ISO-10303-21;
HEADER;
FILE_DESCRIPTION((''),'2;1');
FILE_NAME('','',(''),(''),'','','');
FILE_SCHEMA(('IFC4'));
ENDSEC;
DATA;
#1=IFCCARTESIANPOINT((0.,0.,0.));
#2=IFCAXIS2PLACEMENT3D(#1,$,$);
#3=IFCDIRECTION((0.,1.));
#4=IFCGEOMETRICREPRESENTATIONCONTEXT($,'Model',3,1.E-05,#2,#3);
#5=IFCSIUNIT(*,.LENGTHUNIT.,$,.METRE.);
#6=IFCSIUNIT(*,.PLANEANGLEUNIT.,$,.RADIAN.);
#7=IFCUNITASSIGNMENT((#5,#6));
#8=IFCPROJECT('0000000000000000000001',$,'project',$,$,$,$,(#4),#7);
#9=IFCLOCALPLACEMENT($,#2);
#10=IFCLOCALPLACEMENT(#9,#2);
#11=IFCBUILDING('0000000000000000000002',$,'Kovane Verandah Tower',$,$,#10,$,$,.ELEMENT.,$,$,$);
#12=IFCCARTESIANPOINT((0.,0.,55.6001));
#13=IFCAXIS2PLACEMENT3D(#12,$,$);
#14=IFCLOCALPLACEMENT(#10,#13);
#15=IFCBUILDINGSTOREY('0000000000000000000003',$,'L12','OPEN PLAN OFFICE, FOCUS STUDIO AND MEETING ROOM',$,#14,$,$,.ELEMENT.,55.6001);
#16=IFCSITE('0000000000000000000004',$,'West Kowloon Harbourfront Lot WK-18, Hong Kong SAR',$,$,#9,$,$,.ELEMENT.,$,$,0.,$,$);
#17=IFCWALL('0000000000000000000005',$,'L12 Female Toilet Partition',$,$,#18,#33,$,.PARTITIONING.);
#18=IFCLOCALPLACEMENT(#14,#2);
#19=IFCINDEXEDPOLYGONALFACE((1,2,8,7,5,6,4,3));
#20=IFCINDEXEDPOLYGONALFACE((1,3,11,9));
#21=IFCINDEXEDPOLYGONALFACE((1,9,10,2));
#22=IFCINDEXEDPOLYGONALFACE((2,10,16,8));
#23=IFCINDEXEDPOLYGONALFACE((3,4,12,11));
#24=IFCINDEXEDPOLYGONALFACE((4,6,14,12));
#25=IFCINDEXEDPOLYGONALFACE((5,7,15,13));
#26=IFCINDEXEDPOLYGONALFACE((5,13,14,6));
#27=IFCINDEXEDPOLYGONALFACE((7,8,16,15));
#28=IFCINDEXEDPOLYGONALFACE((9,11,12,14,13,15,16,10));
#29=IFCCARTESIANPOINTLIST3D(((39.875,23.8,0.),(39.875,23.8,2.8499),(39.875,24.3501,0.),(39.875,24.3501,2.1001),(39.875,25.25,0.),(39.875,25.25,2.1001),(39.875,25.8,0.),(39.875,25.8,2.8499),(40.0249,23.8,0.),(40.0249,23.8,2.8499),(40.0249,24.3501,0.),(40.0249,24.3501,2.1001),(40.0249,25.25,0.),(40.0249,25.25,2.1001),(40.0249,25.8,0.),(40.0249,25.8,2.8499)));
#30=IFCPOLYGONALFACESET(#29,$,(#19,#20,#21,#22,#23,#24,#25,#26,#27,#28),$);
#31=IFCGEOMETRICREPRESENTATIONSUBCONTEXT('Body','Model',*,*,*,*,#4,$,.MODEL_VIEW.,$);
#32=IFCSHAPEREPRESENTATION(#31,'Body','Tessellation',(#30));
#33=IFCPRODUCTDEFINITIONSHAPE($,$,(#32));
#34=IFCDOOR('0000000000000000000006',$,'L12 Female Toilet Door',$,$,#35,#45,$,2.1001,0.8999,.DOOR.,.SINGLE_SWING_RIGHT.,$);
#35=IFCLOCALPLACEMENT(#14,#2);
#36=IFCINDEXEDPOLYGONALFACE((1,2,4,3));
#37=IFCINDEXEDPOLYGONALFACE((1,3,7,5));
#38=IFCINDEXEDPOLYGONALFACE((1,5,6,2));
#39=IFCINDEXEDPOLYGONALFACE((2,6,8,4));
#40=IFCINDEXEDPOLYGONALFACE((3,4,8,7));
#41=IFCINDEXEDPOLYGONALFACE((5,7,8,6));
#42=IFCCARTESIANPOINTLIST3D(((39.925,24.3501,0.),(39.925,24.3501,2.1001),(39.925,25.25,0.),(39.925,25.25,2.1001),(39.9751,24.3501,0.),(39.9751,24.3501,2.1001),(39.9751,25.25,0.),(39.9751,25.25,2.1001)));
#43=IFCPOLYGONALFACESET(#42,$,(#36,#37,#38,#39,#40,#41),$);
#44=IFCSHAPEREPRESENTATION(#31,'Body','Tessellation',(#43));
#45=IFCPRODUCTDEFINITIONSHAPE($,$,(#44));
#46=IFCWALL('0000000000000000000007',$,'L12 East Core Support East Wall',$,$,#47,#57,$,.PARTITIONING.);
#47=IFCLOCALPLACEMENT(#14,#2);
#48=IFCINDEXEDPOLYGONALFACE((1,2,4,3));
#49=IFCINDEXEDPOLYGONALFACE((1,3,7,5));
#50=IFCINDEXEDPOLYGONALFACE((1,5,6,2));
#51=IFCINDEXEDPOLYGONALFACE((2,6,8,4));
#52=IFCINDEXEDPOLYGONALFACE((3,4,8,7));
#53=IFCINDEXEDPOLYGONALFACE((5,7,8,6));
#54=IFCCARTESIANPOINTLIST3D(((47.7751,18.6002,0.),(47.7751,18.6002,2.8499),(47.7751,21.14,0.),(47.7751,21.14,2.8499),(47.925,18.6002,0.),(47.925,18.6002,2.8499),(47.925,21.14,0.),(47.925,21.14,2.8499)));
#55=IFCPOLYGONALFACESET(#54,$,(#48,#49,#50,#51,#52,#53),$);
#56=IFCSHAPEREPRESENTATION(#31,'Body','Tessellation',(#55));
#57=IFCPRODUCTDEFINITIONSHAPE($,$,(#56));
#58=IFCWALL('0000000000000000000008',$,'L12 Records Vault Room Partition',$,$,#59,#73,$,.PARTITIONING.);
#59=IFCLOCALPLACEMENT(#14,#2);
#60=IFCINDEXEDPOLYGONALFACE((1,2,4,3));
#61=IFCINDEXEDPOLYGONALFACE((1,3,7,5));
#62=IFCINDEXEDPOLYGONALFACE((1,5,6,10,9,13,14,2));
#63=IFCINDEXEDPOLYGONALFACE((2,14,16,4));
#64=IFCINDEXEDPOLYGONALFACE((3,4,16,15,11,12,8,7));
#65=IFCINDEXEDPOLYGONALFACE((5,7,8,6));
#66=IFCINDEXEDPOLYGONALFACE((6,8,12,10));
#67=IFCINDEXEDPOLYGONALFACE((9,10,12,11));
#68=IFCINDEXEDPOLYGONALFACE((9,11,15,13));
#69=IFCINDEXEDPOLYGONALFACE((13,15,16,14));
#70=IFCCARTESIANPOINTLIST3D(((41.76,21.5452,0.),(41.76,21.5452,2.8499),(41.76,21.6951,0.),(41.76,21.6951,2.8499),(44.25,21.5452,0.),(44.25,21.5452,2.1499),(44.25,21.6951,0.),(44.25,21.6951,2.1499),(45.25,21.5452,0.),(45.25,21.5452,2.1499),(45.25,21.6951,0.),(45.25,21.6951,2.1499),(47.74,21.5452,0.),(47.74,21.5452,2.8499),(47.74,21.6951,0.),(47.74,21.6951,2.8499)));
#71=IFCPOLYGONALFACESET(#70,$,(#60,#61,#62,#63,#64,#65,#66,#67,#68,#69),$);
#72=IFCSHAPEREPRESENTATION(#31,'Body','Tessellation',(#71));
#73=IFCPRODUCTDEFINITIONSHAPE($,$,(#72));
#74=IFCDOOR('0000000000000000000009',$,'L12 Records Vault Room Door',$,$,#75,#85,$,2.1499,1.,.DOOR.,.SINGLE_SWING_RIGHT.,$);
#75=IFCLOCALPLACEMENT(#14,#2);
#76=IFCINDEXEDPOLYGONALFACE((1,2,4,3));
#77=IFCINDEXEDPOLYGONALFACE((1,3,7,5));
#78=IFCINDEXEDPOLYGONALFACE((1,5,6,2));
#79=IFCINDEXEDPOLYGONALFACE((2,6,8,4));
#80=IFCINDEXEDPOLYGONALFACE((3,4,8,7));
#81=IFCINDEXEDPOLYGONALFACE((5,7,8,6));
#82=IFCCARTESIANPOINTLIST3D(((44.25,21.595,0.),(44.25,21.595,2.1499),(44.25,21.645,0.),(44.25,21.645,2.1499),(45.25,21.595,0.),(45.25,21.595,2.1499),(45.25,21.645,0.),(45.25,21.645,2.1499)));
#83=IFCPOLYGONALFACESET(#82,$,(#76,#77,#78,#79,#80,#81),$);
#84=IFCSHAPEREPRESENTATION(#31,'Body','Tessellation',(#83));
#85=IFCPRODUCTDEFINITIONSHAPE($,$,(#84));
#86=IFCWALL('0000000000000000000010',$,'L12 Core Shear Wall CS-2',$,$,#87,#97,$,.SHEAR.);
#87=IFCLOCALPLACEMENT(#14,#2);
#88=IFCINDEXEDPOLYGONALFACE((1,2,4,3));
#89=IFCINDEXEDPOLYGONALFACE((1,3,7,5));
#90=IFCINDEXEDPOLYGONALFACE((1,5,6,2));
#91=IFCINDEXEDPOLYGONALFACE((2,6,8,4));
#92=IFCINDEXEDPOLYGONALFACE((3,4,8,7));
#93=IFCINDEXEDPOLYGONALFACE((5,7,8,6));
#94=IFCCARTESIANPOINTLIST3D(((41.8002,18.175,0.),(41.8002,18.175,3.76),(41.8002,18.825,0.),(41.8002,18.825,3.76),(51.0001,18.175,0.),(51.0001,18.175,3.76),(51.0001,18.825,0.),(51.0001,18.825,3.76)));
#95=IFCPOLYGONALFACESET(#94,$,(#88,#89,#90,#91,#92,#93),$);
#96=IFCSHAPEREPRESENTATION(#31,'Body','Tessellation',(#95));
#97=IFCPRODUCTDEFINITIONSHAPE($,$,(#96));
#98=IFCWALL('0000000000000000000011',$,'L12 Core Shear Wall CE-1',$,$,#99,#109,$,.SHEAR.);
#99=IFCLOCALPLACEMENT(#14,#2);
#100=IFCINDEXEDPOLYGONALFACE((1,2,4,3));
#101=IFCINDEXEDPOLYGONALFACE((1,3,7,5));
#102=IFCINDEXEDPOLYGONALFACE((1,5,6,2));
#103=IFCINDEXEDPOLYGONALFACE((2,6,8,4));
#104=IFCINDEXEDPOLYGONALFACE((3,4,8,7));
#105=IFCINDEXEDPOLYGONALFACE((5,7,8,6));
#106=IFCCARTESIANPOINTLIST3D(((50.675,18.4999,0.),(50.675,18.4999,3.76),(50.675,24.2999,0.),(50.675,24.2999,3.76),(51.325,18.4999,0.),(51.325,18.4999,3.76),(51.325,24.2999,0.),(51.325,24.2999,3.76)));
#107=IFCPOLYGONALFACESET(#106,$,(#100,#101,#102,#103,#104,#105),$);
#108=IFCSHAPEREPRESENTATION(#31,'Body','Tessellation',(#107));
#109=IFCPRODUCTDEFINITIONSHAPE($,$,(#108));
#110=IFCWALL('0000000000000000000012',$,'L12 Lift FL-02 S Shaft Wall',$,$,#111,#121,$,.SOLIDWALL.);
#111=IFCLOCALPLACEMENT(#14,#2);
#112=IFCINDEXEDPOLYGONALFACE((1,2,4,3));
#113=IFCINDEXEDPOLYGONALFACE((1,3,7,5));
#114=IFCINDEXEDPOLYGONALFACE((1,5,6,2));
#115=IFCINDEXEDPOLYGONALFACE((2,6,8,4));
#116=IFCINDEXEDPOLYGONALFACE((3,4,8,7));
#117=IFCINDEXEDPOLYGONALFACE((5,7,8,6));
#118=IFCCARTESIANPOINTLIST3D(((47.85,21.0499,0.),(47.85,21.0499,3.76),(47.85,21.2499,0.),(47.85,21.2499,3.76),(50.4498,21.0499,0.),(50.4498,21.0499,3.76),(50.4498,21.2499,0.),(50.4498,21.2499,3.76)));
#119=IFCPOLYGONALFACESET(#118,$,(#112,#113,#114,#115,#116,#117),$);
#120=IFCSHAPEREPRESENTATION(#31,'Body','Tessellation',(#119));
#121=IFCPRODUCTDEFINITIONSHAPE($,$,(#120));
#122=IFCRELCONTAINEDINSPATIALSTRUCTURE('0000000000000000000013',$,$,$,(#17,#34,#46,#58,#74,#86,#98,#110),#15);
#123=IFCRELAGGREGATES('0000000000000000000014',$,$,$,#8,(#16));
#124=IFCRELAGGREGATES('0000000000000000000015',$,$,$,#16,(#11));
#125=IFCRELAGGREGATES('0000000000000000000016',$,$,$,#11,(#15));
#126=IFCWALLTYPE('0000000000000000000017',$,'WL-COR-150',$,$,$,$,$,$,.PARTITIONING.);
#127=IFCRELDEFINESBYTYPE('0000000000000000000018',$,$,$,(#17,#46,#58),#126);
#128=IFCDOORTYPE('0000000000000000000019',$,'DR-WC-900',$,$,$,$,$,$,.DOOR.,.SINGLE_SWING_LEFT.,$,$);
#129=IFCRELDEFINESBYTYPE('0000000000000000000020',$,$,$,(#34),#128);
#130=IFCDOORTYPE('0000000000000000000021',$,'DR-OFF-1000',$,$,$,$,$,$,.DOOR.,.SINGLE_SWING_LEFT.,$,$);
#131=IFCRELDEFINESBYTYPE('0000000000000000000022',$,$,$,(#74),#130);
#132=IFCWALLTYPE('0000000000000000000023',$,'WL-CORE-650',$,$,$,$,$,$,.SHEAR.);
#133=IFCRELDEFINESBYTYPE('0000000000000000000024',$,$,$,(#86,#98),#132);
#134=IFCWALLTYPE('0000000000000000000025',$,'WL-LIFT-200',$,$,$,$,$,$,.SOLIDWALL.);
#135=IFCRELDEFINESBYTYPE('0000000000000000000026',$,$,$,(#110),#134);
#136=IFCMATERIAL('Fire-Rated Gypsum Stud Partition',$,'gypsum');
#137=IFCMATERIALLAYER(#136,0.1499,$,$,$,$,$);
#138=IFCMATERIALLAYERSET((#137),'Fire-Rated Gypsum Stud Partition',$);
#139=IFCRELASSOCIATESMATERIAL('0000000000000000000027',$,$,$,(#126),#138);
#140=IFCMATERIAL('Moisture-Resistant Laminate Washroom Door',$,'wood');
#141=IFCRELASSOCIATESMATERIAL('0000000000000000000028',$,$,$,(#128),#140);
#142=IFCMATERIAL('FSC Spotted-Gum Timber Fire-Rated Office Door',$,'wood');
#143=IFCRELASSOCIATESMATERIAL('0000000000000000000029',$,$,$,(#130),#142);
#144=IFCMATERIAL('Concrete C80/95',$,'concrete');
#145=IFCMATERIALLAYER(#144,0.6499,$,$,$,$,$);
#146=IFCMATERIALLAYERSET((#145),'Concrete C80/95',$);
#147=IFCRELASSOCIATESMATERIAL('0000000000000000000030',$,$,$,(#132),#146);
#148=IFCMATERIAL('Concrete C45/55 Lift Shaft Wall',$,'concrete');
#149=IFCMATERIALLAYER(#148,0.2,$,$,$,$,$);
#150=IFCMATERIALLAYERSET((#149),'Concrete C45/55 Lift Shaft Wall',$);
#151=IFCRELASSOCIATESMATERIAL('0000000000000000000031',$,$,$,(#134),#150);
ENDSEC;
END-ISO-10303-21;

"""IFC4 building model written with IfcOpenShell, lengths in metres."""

from ifc_helpers import new_model, si_unit, direction, frame, frame_2d, origin, place, context, subcontext, project, spatial, rectangle, extrude, material, layer, layer_set, type_object, element, fill, save


model = new_model("IFC4")

# Units and contexts
model_context = context("Model", 3, precision=1e-05, world=origin(), true_north=direction((0.0, 1.0)))
body_context = subcontext(model_context, "Body", "Model", "MODEL_VIEW")
ifc_project = project(units=[si_unit("LENGTHUNIT", "METRE"), si_unit("PLANEANGLEUNIT", "RADIAN")], contexts=[model_context])

# Site, building, storey
site_placement = place(None, origin())
site = spatial("IfcSite", under=ifc_project, at=site_placement, Name="West Kowloon Harbourfront Lot WK-18, Hong Kong SAR", CompositionType="ELEMENT", RefElevation=0.0)
building_placement = place(site_placement, origin())
building = spatial("IfcBuilding", under=site, at=building_placement, Name="Kovane Verandah Tower", CompositionType="ELEMENT")
storey_placement = place(building_placement, frame((0.0, 0.0, 55.6001)))
storey = spatial("IfcBuildingStorey", under=building, at=storey_placement, Name="L12", Description="OPEN PLAN OFFICE, FOCUS STUDIO AND MEETING ROOM", CompositionType="ELEMENT", Elevation=55.6001)

# Shared definitions
ifc_material_1 = material(Name="Concrete C80/95", Category="concrete")

# Shared definitions
ifc_material_2 = material(Name="Fire-Rated Gypsum Stud Partition", Category="gypsum")
ifc_layer_1 = layer(ifc_material_2, 0.1499)
ifc_layer_set_1 = layer_set([ifc_layer_1], Name="Fire-Rated Gypsum Stud Partition")
wall_type_1 = type_object("IfcWallType", Name="WL-COR-150", PredefinedType="PARTITIONING", material=ifc_layer_set_1)

# Wall, opening, door
ifc_material_3 = material(Name="Moisture-Resistant Laminate Washroom Door", Category="wood")
door_type_1 = type_object("IfcDoorType", Name="DR-WC-900", OperationType="SINGLE_SWING_LEFT", PredefinedType="DOOR", material=ifc_material_3)
wall_1_placement = place(storey_placement, frame((39.95, 23.8, 0.0), z_axis=(0.0, 0.0, 1.0), x_axis=(0.0, 1.0, 0.0)))
wall_1 = element("IfcWall", 1, at=wall_1_placement, inside=storey, type_object=wall_type_1, Name="L12 Female Toilet Partition", PredefinedType="PARTITIONING", context=body_context, shape_type="SweptSolid", body=[
    extrude(rectangle(XDim=2.0, YDim=0.1499, at=frame_2d((1.0, 0.0))), origin(), (0.0, 0.0, 1.0), 2.8499),
])
opening_1_placement = place(wall_1_placement, frame((0.55, 0.0, 0.0)))
opening_1 = element("IfcOpeningElement", 2, at=opening_1_placement, cuts=wall_1, PredefinedType="OPENING", context=body_context, shape_type="SweptSolid", body=[
    extrude(rectangle(XDim=0.8999, YDim=2.1001, at=frame_2d((0.45, 1.05))), frame((0.0, 0.075, 0.0), z_axis=(0.0, -1.0, 0.0), x_axis=(1.0, 0.0, 0.0)), (0.0, 0.0, 1.0), 0.1499),
])
door_1_placement = place(opening_1_placement, origin())
door_1 = element("IfcDoor", 3, at=door_1_placement, inside=storey, type_object=door_type_1, Name="L12 Female Toilet Door", OperationType="SINGLE_SWING_RIGHT", OverallHeight=2.1001, OverallWidth=0.8999, PredefinedType="DOOR", context=body_context, shape_type="SweptSolid", body=[
    extrude(rectangle(XDim=0.8999, YDim=2.1001, at=frame_2d((0.45, 1.05))), frame((0.0, 0.0249, 0.0), z_axis=(0.0, -1.0, 0.0), x_axis=(1.0, 0.0, 0.0)), (0.0, 0.0, 1.0), 0.05),
])
fill(opening_1, door_1)

# Wall
wall_2_placement = place(storey_placement, frame((47.8501, 18.6001, 0.0), z_axis=(0.0, 0.0, 1.0), x_axis=(0.0, 1.0, 0.0)))
element("IfcWall", 4, at=wall_2_placement, inside=storey, type_object=wall_type_1, Name="L12 East Core Support East Wall", PredefinedType="PARTITIONING", context=body_context, shape_type="SweptSolid", body=[
    extrude(rectangle(XDim=2.5398, YDim=0.1499, at=frame_2d((1.27, 0.0))), origin(), (0.0, 0.0, 1.0), 2.8499),
])

# Wall, opening, door
wall_3_placement = place(storey_placement, frame((41.76, 21.6201, 0.0), z_axis=(0.0, 0.0, 1.0), x_axis=(1.0, 0.0, 0.0)))
wall_3 = element("IfcWall", 5, at=wall_3_placement, inside=storey, type_object=wall_type_1, Name="L12 Records Vault Room Partition", PredefinedType="PARTITIONING", context=body_context, shape_type="SweptSolid", body=[
    extrude(rectangle(XDim=5.98, YDim=0.1499, at=frame_2d((2.99, 0.0))), origin(), (0.0, 0.0, 1.0), 2.8499),
])
opening_2_placement = place(wall_3_placement, frame((2.49, 0.0, 0.0)))
opening_2 = element("IfcOpeningElement", 6, at=opening_2_placement, cuts=wall_3, PredefinedType="OPENING", context=body_context, shape_type="SweptSolid", body=[
    extrude(rectangle(XDim=1.0, YDim=2.1499, at=frame_2d((0.5, 1.075))), frame((0.0, 0.075, 0.0), z_axis=(0.0, -1.0, 0.0), x_axis=(1.0, 0.0, 0.0)), (0.0, 0.0, 1.0), 0.1499),
])
ifc_material_4 = material(Name="FSC Spotted-Gum Timber Fire-Rated Office Door", Category="wood")
door_type_2 = type_object("IfcDoorType", Name="DR-OFF-1000", OperationType="SINGLE_SWING_LEFT", PredefinedType="DOOR", material=ifc_material_4)
door_2_placement = place(opening_2_placement, origin())
door_2 = element("IfcDoor", 7, at=door_2_placement, inside=storey, type_object=door_type_2, Name="L12 Records Vault Room Door", OperationType="SINGLE_SWING_RIGHT", OverallHeight=2.1499, OverallWidth=1.0, PredefinedType="DOOR", context=body_context, shape_type="SweptSolid", body=[
    extrude(rectangle(XDim=1.0, YDim=2.1499, at=frame_2d((0.5, 1.075))), frame((0.0, 0.0249, 0.0), z_axis=(0.0, -1.0, 0.0), x_axis=(1.0, 0.0, 0.0)), (0.0, 0.0, 1.0), 0.05),
])
fill(opening_2, door_2)

# Walls
ifc_layer_2 = layer(ifc_material_1, 0.6499)
ifc_layer_set_2 = layer_set([ifc_layer_2], Name="Concrete C80/95")
wall_type_2 = type_object("IfcWallType", Name="WL-CORE-650", PredefinedType="SHEAR", material=ifc_layer_set_2)
wall_4_placement = place(storey_placement, frame((41.8, 18.5, 0.0), z_axis=(0.0, 0.0, 1.0), x_axis=(1.0, 0.0, 0.0)))
element("IfcWall", 8, at=wall_4_placement, inside=storey, type_object=wall_type_2, Name="L12 Core Shear Wall CS-2", PredefinedType="SHEAR", context=body_context, shape_type="SweptSolid", body=[
    extrude(rectangle(XDim=9.2, YDim=0.6499, at=frame_2d((4.6001, 0.0))), origin(), (0.0, 0.0, 1.0), 3.76),
])
wall_5_placement = place(storey_placement, frame((51.0, 18.5, 0.0), z_axis=(0.0, 0.0, 1.0), x_axis=(0.0, 1.0, 0.0)))
element("IfcWall", 9, at=wall_5_placement, inside=storey, type_object=wall_type_2, Name="L12 Core Shear Wall CE-1", PredefinedType="SHEAR", context=body_context, shape_type="SweptSolid", body=[
    extrude(rectangle(XDim=5.8, YDim=0.6499, at=frame_2d((2.8999, 0.0))), origin(), (0.0, 0.0, 1.0), 3.76),
])
ifc_material_5 = material(Name="Concrete C45/55 Lift Shaft Wall", Category="concrete")
ifc_layer_3 = layer(ifc_material_5, 0.2)
ifc_layer_set_3 = layer_set([ifc_layer_3], Name="Concrete C45/55 Lift Shaft Wall")
wall_type_3 = type_object("IfcWallType", Name="WL-LIFT-200", PredefinedType="SOLIDWALL", material=ifc_layer_set_3)
wall_6_placement = place(storey_placement, frame((47.8501, 21.1499, 0.0), z_axis=(0.0, 0.0, 1.0), x_axis=(1.0, 0.0, 0.0)))
element("IfcWall", 10, at=wall_6_placement, inside=storey, type_object=wall_type_3, Name="L12 Lift FL-02 S Shaft Wall", PredefinedType="SOLIDWALL", context=body_context, shape_type="SweptSolid", body=[
    extrude(rectangle(XDim=2.5999, YDim=0.2, at=frame_2d((1.2998, 0.0))), origin(), (0.0, 0.0, 1.0), 3.76),
])

save(model, "model.ifc")
